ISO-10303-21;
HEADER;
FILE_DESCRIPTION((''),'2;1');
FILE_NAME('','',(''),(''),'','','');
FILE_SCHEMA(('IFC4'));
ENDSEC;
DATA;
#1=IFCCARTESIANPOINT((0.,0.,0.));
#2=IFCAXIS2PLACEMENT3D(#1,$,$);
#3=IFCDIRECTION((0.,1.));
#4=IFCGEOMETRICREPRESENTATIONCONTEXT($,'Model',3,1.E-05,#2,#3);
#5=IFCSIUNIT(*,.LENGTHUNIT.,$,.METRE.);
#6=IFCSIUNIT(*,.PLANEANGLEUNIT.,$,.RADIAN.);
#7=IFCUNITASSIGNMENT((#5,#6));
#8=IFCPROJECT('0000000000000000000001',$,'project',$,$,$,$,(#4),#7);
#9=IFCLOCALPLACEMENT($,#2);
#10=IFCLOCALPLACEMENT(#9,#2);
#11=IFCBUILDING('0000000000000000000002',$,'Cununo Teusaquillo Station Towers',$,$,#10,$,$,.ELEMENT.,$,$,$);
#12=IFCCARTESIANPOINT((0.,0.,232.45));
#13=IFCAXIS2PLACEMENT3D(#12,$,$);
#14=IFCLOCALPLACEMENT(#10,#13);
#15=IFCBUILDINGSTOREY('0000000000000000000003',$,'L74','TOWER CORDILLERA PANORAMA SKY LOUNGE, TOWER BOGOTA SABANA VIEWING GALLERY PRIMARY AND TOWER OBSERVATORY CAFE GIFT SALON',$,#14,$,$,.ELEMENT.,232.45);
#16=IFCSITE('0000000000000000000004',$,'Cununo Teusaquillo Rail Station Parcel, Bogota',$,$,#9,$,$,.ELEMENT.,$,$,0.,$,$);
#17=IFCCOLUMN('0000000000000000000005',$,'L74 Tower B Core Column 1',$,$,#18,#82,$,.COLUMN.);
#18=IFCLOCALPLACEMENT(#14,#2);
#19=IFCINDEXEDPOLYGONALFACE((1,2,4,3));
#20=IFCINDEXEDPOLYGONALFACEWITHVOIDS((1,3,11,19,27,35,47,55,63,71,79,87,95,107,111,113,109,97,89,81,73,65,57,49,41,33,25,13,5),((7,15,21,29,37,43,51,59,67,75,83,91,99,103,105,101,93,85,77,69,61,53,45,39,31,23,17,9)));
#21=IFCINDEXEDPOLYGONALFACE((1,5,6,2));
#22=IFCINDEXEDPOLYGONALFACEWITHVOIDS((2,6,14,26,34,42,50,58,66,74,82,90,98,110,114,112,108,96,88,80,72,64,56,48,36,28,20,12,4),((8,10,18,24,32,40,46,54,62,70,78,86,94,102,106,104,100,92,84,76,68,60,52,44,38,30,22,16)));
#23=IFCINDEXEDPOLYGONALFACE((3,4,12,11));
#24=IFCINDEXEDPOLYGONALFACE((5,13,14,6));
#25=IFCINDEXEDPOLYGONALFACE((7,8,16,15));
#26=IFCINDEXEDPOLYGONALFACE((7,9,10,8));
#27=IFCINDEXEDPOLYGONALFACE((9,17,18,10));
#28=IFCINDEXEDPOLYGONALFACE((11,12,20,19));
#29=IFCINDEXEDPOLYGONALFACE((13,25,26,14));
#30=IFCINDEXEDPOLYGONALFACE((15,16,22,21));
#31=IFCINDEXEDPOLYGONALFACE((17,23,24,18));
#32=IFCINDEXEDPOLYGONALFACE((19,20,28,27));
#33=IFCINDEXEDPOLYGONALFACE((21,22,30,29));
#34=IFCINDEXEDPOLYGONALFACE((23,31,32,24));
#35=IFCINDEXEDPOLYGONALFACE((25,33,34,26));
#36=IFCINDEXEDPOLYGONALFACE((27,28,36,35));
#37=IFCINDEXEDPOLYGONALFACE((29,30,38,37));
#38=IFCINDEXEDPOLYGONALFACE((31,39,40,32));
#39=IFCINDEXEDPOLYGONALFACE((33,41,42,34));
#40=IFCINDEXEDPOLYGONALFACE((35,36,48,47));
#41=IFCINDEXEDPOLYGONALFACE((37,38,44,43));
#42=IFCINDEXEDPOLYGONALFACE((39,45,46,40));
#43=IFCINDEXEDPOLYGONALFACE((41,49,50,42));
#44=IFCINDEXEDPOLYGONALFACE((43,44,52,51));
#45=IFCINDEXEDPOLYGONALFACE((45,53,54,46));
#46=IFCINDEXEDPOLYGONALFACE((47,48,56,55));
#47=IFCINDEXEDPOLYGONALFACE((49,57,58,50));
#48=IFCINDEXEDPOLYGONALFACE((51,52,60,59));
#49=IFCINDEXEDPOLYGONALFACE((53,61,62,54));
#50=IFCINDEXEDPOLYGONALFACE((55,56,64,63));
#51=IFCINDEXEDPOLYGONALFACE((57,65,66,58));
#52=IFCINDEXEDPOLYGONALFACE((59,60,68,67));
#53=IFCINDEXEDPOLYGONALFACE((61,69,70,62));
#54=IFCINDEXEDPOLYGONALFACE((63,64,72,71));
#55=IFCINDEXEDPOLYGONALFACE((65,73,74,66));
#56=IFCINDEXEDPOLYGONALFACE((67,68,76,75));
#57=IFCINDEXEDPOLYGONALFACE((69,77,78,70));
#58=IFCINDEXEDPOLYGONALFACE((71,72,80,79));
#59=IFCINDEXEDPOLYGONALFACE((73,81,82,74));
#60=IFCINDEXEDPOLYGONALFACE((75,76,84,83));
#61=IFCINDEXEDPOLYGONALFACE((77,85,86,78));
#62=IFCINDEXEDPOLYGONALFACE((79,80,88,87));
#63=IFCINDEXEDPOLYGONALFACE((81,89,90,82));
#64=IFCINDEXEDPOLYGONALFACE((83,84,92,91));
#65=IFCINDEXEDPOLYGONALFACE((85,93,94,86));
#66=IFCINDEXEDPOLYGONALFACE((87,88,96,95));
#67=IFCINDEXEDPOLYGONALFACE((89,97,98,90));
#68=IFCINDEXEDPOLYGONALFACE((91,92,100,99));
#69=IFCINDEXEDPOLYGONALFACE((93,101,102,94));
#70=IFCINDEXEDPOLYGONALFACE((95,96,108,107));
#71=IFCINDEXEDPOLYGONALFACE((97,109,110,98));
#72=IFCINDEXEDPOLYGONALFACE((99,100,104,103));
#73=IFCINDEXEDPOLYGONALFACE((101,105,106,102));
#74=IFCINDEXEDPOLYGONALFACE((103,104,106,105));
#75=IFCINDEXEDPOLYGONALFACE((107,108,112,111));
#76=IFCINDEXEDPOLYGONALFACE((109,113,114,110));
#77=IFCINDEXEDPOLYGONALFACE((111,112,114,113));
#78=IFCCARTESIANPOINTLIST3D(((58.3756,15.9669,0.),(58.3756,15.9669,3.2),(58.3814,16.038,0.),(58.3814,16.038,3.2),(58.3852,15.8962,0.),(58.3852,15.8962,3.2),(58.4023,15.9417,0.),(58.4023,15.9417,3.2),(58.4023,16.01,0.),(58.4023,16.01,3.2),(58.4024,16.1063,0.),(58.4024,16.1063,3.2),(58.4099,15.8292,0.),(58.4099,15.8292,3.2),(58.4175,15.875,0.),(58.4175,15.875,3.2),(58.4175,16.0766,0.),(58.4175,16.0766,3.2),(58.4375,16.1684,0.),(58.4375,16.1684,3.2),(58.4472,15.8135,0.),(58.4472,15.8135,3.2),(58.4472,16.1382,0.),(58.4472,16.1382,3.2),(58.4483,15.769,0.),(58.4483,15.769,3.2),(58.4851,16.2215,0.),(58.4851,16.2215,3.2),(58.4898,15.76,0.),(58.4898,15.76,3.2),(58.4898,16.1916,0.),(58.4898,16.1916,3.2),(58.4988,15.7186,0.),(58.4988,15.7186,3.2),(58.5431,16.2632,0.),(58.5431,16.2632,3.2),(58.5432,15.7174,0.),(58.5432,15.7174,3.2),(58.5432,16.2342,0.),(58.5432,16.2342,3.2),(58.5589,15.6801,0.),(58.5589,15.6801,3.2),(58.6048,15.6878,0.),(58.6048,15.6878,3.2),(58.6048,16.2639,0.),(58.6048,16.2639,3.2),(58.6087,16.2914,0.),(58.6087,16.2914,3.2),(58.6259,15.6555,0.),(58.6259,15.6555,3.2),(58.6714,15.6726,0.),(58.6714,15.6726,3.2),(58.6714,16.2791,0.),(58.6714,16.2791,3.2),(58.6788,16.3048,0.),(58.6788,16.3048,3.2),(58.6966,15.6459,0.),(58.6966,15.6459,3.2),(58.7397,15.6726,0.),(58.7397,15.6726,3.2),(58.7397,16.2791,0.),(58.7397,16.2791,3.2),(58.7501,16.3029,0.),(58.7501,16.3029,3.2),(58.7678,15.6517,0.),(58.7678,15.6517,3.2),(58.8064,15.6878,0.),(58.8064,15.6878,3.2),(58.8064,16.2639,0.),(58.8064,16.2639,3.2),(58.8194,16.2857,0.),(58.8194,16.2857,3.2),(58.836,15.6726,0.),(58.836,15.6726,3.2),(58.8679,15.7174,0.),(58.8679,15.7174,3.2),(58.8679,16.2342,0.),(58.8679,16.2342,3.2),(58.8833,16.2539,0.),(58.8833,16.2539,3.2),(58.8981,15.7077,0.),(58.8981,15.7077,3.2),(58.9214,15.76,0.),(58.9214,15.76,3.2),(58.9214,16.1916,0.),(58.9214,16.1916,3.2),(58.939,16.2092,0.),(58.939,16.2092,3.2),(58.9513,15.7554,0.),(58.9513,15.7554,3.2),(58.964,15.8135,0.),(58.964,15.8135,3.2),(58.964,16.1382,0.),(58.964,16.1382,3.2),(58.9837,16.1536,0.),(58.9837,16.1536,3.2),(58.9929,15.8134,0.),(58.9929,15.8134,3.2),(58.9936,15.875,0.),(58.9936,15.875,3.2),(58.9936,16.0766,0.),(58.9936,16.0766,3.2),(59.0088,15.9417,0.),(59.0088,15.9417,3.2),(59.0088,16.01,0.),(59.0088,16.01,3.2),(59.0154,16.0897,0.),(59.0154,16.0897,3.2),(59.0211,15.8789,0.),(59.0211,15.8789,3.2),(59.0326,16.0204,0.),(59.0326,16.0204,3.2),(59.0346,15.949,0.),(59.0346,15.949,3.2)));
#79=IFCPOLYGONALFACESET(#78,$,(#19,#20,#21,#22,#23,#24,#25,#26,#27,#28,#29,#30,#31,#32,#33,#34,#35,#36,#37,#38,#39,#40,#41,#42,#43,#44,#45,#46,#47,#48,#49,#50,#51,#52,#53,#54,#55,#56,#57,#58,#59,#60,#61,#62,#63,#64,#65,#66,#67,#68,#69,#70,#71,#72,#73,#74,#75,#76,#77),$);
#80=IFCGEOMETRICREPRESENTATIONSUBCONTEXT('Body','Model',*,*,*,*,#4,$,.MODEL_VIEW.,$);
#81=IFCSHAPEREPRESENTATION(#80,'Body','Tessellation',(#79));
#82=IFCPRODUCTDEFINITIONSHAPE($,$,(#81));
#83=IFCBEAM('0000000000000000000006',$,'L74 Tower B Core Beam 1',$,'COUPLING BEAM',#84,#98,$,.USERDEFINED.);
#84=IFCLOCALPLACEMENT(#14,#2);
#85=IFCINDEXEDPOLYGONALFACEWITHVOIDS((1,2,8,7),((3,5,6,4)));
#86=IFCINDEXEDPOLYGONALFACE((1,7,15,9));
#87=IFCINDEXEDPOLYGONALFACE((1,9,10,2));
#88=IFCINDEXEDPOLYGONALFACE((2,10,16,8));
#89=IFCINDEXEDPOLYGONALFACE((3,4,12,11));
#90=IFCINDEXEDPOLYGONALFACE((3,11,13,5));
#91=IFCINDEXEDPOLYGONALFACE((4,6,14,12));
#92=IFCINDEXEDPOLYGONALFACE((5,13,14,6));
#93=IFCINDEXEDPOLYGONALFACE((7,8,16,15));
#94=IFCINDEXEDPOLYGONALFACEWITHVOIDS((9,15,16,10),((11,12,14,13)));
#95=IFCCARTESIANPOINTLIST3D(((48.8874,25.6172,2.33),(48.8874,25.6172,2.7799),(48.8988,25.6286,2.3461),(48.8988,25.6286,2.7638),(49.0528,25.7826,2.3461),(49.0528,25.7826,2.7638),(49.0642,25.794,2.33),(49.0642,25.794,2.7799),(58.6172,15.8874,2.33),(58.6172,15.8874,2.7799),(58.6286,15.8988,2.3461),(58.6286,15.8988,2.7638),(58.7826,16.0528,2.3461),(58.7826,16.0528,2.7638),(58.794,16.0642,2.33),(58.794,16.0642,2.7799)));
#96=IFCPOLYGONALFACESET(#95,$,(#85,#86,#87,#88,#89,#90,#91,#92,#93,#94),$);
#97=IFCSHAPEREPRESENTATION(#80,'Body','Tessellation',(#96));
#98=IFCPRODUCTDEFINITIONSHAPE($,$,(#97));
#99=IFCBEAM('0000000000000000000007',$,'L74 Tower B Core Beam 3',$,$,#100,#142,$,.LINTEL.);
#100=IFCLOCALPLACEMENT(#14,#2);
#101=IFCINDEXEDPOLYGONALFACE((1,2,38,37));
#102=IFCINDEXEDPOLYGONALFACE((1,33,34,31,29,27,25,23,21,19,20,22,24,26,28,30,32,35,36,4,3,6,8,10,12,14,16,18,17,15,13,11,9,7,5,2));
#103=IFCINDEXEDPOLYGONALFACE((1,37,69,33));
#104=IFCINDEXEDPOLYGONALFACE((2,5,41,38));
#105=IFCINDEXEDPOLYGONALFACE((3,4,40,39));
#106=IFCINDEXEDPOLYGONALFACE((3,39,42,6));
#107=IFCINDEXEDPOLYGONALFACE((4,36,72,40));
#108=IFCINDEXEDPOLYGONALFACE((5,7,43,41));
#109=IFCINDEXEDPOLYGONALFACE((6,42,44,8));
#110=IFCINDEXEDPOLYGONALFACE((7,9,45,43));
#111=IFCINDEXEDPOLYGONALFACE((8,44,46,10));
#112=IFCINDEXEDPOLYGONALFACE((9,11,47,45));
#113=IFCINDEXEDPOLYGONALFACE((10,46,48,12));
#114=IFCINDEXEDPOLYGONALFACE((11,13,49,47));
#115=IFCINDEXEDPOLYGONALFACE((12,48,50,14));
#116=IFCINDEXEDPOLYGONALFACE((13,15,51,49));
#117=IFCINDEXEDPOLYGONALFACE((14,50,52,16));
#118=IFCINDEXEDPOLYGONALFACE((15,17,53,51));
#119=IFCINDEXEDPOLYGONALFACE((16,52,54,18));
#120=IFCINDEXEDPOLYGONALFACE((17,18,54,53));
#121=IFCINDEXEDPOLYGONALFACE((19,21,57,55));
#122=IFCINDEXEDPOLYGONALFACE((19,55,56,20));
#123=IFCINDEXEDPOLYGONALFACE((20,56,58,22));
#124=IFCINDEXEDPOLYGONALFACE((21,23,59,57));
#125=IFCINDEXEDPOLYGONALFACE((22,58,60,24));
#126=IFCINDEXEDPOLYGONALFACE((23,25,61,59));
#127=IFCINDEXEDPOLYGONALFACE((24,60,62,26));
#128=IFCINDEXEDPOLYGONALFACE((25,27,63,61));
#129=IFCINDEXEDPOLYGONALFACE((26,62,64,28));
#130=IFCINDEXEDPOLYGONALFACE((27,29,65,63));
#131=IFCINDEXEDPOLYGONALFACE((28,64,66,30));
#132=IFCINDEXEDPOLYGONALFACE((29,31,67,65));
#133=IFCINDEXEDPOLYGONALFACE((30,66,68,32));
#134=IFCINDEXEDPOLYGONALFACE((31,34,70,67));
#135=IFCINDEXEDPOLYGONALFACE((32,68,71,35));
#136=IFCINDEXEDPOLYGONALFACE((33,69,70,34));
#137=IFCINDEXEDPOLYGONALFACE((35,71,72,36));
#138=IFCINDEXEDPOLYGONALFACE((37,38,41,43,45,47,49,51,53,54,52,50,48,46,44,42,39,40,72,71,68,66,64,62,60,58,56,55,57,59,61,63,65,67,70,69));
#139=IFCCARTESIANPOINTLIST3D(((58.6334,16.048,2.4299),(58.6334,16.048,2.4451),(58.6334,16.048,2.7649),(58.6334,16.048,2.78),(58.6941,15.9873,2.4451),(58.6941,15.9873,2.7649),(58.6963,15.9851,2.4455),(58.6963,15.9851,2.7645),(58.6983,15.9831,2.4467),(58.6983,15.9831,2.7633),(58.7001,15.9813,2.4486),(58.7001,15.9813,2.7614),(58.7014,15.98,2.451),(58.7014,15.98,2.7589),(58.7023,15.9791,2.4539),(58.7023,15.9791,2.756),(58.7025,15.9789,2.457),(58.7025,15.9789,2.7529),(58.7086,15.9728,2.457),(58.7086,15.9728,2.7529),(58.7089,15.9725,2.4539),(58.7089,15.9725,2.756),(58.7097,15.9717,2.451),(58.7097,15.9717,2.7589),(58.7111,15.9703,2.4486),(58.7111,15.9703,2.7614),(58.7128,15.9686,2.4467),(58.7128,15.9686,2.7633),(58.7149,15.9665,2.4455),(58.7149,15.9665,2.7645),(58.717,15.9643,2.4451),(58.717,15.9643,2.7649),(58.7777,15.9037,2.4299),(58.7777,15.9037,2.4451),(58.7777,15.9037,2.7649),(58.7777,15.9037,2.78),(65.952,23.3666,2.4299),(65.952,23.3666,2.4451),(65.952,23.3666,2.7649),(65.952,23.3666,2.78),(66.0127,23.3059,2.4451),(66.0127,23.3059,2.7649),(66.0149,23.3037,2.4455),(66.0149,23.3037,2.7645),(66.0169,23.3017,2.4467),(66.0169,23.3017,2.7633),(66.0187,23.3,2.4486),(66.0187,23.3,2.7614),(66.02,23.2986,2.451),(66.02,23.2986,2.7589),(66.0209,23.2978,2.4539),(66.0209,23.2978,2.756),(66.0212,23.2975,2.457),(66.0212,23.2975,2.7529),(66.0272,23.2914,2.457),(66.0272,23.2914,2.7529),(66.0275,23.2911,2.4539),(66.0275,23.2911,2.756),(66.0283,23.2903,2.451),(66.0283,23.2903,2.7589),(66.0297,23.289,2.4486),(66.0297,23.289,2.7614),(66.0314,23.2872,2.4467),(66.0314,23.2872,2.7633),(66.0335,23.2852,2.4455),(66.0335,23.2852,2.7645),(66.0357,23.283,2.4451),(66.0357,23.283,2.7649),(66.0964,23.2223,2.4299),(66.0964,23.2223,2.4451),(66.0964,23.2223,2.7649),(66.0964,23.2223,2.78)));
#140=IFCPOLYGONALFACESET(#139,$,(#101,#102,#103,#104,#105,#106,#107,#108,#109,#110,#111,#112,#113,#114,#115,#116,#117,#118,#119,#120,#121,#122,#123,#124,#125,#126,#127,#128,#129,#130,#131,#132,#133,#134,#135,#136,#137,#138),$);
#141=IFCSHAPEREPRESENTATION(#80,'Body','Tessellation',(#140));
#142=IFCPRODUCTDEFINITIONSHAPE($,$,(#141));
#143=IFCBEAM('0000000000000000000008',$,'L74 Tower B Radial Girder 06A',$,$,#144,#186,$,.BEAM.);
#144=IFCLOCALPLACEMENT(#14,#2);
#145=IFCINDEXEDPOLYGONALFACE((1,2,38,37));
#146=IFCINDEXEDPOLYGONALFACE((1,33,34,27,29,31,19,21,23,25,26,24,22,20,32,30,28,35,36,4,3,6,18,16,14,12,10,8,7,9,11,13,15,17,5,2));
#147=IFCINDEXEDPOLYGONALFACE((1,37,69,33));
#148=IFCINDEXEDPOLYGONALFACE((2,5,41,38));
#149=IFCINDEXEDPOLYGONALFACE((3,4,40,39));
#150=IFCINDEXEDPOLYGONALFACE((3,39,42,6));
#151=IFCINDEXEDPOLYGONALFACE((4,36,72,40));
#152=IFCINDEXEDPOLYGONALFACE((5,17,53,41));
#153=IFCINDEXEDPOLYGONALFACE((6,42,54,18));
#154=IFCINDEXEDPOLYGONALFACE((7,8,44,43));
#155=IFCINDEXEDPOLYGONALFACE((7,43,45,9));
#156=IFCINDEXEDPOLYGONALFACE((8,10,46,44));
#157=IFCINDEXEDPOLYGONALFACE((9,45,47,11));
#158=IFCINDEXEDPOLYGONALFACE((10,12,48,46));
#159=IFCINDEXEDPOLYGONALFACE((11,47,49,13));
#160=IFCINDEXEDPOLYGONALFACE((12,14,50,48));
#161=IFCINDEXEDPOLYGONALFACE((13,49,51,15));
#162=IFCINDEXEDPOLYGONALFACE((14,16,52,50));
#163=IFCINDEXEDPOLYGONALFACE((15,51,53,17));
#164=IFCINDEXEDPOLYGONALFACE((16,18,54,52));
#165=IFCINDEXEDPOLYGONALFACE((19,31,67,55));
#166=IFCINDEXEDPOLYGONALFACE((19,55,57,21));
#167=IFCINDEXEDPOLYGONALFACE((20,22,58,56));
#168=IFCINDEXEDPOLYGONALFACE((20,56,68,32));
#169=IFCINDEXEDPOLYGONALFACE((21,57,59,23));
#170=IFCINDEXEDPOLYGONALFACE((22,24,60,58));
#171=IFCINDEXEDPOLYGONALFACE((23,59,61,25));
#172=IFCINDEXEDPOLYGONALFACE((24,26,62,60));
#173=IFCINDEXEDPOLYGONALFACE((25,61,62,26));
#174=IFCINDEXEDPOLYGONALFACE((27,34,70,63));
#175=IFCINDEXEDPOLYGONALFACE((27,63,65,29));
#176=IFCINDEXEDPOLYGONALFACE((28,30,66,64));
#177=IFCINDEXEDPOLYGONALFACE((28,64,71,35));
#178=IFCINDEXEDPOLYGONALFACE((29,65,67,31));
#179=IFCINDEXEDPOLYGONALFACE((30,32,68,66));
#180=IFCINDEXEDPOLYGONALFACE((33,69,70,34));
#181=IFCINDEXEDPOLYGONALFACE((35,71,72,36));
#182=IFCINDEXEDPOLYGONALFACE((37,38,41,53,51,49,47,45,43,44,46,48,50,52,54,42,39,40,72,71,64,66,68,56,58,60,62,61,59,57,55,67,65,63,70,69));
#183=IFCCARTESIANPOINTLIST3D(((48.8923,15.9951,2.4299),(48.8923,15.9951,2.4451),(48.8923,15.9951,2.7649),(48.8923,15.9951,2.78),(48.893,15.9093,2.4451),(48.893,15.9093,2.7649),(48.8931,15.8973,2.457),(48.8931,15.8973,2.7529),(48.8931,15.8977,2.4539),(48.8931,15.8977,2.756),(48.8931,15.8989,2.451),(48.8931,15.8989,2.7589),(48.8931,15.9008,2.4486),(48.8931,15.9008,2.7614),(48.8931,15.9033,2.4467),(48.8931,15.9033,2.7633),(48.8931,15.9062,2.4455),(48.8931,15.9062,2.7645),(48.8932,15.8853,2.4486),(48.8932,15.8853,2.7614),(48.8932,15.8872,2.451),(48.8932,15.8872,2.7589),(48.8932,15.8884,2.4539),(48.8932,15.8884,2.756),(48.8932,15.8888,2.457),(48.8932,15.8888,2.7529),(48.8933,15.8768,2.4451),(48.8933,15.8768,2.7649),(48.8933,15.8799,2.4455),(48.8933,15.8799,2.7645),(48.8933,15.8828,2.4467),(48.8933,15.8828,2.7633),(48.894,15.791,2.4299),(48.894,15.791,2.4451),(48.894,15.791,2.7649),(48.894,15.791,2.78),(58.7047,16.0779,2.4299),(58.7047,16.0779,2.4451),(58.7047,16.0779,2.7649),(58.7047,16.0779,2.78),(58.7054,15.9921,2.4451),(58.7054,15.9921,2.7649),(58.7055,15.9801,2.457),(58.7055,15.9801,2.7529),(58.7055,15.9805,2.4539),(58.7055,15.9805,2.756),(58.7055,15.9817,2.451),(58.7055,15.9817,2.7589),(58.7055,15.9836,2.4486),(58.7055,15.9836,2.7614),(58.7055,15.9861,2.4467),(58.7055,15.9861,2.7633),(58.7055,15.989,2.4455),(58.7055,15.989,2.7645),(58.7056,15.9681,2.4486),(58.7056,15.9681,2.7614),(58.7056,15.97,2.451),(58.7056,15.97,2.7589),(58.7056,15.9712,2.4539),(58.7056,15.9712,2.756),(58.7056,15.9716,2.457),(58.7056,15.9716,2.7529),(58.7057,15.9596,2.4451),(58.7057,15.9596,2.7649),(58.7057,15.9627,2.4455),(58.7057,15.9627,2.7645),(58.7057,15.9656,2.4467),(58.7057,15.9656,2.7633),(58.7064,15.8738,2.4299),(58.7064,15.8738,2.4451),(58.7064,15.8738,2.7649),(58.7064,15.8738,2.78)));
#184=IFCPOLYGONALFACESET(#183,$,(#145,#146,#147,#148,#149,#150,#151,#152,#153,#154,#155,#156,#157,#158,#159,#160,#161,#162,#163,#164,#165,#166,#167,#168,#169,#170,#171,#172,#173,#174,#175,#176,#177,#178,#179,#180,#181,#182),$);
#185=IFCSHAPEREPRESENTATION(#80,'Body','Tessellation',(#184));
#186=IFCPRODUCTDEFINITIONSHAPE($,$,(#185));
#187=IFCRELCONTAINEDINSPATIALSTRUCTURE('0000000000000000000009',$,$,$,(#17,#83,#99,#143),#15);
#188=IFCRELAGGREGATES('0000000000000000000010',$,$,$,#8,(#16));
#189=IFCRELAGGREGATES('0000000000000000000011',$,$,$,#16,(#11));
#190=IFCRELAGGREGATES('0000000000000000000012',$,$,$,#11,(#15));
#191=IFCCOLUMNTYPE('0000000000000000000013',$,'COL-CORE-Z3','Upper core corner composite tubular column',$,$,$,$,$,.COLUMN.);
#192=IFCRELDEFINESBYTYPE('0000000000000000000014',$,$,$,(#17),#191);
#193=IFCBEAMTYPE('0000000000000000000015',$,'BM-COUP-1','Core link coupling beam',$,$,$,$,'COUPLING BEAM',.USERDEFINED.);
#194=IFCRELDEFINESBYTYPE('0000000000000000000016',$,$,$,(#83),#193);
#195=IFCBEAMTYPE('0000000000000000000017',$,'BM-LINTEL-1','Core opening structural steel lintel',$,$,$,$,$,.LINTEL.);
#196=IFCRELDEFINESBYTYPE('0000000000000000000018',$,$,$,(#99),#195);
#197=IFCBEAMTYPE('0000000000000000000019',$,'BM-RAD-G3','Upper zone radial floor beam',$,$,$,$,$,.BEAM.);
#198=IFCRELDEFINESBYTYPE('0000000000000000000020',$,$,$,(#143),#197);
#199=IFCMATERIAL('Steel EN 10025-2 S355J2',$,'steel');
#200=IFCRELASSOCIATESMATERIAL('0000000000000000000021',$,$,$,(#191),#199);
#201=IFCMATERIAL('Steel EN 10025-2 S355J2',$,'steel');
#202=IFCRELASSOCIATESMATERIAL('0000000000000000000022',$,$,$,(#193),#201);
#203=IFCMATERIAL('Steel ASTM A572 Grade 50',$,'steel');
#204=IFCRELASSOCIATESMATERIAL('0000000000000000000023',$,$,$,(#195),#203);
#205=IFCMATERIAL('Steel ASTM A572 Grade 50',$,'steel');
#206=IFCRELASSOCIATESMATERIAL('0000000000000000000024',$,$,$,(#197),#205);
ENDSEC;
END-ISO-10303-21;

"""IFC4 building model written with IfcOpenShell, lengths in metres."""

from ifc_helpers import new_model, si_unit, direction, frame, origin, origin_2d, place, context, subcontext, project, spatial, hollow_rectangle, hollow_circle, i_section, extrude, material, material_profile, profile_set, type_object, element, save


model = new_model("IFC4")

# Units and contexts
model_context = context("Model", 3, precision=1e-05, world=origin(), true_north=direction((0.0, 1.0)))
body_context = subcontext(model_context, "Body", "Model", "MODEL_VIEW")
ifc_project = project(units=[si_unit("LENGTHUNIT", "METRE"), si_unit("PLANEANGLEUNIT", "RADIAN")], contexts=[model_context])

# Site, building, storey
site_placement = place(None, origin())
site = spatial("IfcSite", under=ifc_project, at=site_placement, Name="Cununo Teusaquillo Rail Station Parcel, Bogota", CompositionType="ELEMENT", RefElevation=0.0)
building_placement = place(site_placement, origin())
building = spatial("IfcBuilding", under=site, at=building_placement, Name="Cununo Teusaquillo Station Towers", CompositionType="ELEMENT")
storey_placement = place(building_placement, frame((0.0, 0.0, 232.45)))
storey = spatial("IfcBuildingStorey", under=building, at=storey_placement, Name="L74", Description="TOWER CORDILLERA PANORAMA SKY LOUNGE, TOWER BOGOTA SABANA VIEWING GALLERY PRIMARY AND TOWER OBSERVATORY CAFE GIFT SALON", CompositionType="ELEMENT", Elevation=232.45)

# Column
ifc_material_1 = material(Name="Steel EN 10025-2 S355J2", Category="steel")
ifc_material_profile_1 = material_profile(ifc_material_1, hollow_circle(Radius=0.3301, WallThickness=0.0249, at=origin_2d()), Name="CHS 660x25")
ifc_profile_set_1 = profile_set([ifc_material_profile_1], Name="Steel EN 10025-2 S355J2")
column_type = type_object("IfcColumnType", Name="COL-CORE-Z3", Description="Upper core corner composite tubular column", PredefinedType="COLUMN", material=ifc_profile_set_1)
column_placement = place(storey_placement, frame((58.7056, 15.9758, 0.0), z_axis=(0.0, 0.0, 1.0), x_axis=(0.707107, 0.707107, 0.0)))
element("IfcColumn", 1, at=column_placement, inside=storey, type_object=column_type, Name="L74 Tower B Core Column 1", PredefinedType="COLUMN", context=body_context, shape_type="SweptSolid", body=[
    extrude(hollow_circle(Radius=0.3301, WallThickness=0.0249, at=origin_2d()), origin(), (0.0, 0.0, 1.0), 3.2),
])

# Beams
ifc_material_2 = material(Name="Steel EN 10025-2 S355J2", Category="steel")
ifc_material_profile_2 = material_profile(ifc_material_2, hollow_rectangle(XDim=0.25, YDim=0.45, WallThickness=0.0161, at=origin_2d()), Name="RHS 450x250x16")
ifc_profile_set_2 = profile_set([ifc_material_profile_2], Name="Steel EN 10025-2 S355J2")
beam_type_1 = type_object("IfcBeamType", Name="BM-COUP-1", Description="Core link coupling beam", ElementType="COUPLING BEAM", PredefinedType="USERDEFINED", material=ifc_profile_set_2)
beam_1_placement = place(storey_placement, frame((58.7056, 15.9758, 2.5549), z_axis=(-0.707107, 0.707107, 0.0), x_axis=(-0.707107, -0.707107, 0.0)))
element("IfcBeam", 2, at=beam_1_placement, inside=storey, type_object=beam_type_1, Name="L74 Tower B Core Beam 1", ObjectType="COUPLING BEAM", PredefinedType="USERDEFINED", context=body_context, shape_type="SweptSolid", body=[
    extrude(hollow_rectangle(XDim=0.25, YDim=0.45, WallThickness=0.0161, at=origin_2d()), origin(), (0.0, 0.0, 1.0), 13.76),
])
ifc_material_3 = material(Name="Steel ASTM A572 Grade 50", Category="steel")
ifc_material_profile_3 = material_profile(ifc_material_3, i_section(OverallWidth=0.2041, OverallDepth=0.3501, WebThickness=0.0085, FlangeThickness=0.0151, FilletRadius=0.012, at=origin_2d()), Name="W14X48")
ifc_profile_set_3 = profile_set([ifc_material_profile_3], Name="Steel ASTM A572 Grade 50")
beam_type_2 = type_object("IfcBeamType", Name="BM-LINTEL-1", Description="Core opening structural steel lintel", PredefinedType="LINTEL", material=ifc_profile_set_3)
beam_2_placement = place(storey_placement, frame((58.7056, 15.9758, 2.605), z_axis=(0.707107, 0.707107, 0.0), x_axis=(-0.707107, 0.707107, 0.0)))
element("IfcBeam", 3, at=beam_2_placement, inside=storey, type_object=beam_type_2, Name="L74 Tower B Core Beam 3", PredefinedType="LINTEL", context=body_context, shape_type="SweptSolid", body=[
    extrude(i_section(OverallWidth=0.2041, OverallDepth=0.3501, WebThickness=0.0085, FlangeThickness=0.0151, FilletRadius=0.012, at=origin_2d()), origin(), (0.0, 0.0, 1.0), 10.3501),
])
ifc_material_4 = material(Name="Steel ASTM A572 Grade 50", Category="steel")
ifc_material_profile_4 = material_profile(ifc_material_4, i_section(OverallWidth=0.2041, OverallDepth=0.3501, WebThickness=0.0085, FlangeThickness=0.0151, FilletRadius=0.012, at=origin_2d()), Name="W14X48")
ifc_profile_set_4 = profile_set([ifc_material_profile_4], Name="Steel ASTM A572 Grade 50")
beam_type_3 = type_object("IfcBeamType", Name="BM-RAD-G3", Description="Upper zone radial floor beam", PredefinedType="BEAM", material=ifc_profile_set_4)
beam_3_placement = place(storey_placement, frame((58.7056, 15.9758, 2.605), z_axis=(-0.999964, -0.008434, 0.0), x_axis=(0.008434, -0.999964, 0.0)))
element("IfcBeam", 4, at=beam_3_placement, inside=storey, type_object=beam_type_3, Name="L74 Tower B Radial Girder 06A", PredefinedType="BEAM", context=body_context, shape_type="SweptSolid", body=[
    extrude(i_section(OverallWidth=0.2041, OverallDepth=0.3501, WebThickness=0.0085, FlangeThickness=0.0151, FilletRadius=0.012, at=origin_2d()), origin(), (0.0, 0.0, 1.0), 9.8127),
])

save(model, "model.ifc")
